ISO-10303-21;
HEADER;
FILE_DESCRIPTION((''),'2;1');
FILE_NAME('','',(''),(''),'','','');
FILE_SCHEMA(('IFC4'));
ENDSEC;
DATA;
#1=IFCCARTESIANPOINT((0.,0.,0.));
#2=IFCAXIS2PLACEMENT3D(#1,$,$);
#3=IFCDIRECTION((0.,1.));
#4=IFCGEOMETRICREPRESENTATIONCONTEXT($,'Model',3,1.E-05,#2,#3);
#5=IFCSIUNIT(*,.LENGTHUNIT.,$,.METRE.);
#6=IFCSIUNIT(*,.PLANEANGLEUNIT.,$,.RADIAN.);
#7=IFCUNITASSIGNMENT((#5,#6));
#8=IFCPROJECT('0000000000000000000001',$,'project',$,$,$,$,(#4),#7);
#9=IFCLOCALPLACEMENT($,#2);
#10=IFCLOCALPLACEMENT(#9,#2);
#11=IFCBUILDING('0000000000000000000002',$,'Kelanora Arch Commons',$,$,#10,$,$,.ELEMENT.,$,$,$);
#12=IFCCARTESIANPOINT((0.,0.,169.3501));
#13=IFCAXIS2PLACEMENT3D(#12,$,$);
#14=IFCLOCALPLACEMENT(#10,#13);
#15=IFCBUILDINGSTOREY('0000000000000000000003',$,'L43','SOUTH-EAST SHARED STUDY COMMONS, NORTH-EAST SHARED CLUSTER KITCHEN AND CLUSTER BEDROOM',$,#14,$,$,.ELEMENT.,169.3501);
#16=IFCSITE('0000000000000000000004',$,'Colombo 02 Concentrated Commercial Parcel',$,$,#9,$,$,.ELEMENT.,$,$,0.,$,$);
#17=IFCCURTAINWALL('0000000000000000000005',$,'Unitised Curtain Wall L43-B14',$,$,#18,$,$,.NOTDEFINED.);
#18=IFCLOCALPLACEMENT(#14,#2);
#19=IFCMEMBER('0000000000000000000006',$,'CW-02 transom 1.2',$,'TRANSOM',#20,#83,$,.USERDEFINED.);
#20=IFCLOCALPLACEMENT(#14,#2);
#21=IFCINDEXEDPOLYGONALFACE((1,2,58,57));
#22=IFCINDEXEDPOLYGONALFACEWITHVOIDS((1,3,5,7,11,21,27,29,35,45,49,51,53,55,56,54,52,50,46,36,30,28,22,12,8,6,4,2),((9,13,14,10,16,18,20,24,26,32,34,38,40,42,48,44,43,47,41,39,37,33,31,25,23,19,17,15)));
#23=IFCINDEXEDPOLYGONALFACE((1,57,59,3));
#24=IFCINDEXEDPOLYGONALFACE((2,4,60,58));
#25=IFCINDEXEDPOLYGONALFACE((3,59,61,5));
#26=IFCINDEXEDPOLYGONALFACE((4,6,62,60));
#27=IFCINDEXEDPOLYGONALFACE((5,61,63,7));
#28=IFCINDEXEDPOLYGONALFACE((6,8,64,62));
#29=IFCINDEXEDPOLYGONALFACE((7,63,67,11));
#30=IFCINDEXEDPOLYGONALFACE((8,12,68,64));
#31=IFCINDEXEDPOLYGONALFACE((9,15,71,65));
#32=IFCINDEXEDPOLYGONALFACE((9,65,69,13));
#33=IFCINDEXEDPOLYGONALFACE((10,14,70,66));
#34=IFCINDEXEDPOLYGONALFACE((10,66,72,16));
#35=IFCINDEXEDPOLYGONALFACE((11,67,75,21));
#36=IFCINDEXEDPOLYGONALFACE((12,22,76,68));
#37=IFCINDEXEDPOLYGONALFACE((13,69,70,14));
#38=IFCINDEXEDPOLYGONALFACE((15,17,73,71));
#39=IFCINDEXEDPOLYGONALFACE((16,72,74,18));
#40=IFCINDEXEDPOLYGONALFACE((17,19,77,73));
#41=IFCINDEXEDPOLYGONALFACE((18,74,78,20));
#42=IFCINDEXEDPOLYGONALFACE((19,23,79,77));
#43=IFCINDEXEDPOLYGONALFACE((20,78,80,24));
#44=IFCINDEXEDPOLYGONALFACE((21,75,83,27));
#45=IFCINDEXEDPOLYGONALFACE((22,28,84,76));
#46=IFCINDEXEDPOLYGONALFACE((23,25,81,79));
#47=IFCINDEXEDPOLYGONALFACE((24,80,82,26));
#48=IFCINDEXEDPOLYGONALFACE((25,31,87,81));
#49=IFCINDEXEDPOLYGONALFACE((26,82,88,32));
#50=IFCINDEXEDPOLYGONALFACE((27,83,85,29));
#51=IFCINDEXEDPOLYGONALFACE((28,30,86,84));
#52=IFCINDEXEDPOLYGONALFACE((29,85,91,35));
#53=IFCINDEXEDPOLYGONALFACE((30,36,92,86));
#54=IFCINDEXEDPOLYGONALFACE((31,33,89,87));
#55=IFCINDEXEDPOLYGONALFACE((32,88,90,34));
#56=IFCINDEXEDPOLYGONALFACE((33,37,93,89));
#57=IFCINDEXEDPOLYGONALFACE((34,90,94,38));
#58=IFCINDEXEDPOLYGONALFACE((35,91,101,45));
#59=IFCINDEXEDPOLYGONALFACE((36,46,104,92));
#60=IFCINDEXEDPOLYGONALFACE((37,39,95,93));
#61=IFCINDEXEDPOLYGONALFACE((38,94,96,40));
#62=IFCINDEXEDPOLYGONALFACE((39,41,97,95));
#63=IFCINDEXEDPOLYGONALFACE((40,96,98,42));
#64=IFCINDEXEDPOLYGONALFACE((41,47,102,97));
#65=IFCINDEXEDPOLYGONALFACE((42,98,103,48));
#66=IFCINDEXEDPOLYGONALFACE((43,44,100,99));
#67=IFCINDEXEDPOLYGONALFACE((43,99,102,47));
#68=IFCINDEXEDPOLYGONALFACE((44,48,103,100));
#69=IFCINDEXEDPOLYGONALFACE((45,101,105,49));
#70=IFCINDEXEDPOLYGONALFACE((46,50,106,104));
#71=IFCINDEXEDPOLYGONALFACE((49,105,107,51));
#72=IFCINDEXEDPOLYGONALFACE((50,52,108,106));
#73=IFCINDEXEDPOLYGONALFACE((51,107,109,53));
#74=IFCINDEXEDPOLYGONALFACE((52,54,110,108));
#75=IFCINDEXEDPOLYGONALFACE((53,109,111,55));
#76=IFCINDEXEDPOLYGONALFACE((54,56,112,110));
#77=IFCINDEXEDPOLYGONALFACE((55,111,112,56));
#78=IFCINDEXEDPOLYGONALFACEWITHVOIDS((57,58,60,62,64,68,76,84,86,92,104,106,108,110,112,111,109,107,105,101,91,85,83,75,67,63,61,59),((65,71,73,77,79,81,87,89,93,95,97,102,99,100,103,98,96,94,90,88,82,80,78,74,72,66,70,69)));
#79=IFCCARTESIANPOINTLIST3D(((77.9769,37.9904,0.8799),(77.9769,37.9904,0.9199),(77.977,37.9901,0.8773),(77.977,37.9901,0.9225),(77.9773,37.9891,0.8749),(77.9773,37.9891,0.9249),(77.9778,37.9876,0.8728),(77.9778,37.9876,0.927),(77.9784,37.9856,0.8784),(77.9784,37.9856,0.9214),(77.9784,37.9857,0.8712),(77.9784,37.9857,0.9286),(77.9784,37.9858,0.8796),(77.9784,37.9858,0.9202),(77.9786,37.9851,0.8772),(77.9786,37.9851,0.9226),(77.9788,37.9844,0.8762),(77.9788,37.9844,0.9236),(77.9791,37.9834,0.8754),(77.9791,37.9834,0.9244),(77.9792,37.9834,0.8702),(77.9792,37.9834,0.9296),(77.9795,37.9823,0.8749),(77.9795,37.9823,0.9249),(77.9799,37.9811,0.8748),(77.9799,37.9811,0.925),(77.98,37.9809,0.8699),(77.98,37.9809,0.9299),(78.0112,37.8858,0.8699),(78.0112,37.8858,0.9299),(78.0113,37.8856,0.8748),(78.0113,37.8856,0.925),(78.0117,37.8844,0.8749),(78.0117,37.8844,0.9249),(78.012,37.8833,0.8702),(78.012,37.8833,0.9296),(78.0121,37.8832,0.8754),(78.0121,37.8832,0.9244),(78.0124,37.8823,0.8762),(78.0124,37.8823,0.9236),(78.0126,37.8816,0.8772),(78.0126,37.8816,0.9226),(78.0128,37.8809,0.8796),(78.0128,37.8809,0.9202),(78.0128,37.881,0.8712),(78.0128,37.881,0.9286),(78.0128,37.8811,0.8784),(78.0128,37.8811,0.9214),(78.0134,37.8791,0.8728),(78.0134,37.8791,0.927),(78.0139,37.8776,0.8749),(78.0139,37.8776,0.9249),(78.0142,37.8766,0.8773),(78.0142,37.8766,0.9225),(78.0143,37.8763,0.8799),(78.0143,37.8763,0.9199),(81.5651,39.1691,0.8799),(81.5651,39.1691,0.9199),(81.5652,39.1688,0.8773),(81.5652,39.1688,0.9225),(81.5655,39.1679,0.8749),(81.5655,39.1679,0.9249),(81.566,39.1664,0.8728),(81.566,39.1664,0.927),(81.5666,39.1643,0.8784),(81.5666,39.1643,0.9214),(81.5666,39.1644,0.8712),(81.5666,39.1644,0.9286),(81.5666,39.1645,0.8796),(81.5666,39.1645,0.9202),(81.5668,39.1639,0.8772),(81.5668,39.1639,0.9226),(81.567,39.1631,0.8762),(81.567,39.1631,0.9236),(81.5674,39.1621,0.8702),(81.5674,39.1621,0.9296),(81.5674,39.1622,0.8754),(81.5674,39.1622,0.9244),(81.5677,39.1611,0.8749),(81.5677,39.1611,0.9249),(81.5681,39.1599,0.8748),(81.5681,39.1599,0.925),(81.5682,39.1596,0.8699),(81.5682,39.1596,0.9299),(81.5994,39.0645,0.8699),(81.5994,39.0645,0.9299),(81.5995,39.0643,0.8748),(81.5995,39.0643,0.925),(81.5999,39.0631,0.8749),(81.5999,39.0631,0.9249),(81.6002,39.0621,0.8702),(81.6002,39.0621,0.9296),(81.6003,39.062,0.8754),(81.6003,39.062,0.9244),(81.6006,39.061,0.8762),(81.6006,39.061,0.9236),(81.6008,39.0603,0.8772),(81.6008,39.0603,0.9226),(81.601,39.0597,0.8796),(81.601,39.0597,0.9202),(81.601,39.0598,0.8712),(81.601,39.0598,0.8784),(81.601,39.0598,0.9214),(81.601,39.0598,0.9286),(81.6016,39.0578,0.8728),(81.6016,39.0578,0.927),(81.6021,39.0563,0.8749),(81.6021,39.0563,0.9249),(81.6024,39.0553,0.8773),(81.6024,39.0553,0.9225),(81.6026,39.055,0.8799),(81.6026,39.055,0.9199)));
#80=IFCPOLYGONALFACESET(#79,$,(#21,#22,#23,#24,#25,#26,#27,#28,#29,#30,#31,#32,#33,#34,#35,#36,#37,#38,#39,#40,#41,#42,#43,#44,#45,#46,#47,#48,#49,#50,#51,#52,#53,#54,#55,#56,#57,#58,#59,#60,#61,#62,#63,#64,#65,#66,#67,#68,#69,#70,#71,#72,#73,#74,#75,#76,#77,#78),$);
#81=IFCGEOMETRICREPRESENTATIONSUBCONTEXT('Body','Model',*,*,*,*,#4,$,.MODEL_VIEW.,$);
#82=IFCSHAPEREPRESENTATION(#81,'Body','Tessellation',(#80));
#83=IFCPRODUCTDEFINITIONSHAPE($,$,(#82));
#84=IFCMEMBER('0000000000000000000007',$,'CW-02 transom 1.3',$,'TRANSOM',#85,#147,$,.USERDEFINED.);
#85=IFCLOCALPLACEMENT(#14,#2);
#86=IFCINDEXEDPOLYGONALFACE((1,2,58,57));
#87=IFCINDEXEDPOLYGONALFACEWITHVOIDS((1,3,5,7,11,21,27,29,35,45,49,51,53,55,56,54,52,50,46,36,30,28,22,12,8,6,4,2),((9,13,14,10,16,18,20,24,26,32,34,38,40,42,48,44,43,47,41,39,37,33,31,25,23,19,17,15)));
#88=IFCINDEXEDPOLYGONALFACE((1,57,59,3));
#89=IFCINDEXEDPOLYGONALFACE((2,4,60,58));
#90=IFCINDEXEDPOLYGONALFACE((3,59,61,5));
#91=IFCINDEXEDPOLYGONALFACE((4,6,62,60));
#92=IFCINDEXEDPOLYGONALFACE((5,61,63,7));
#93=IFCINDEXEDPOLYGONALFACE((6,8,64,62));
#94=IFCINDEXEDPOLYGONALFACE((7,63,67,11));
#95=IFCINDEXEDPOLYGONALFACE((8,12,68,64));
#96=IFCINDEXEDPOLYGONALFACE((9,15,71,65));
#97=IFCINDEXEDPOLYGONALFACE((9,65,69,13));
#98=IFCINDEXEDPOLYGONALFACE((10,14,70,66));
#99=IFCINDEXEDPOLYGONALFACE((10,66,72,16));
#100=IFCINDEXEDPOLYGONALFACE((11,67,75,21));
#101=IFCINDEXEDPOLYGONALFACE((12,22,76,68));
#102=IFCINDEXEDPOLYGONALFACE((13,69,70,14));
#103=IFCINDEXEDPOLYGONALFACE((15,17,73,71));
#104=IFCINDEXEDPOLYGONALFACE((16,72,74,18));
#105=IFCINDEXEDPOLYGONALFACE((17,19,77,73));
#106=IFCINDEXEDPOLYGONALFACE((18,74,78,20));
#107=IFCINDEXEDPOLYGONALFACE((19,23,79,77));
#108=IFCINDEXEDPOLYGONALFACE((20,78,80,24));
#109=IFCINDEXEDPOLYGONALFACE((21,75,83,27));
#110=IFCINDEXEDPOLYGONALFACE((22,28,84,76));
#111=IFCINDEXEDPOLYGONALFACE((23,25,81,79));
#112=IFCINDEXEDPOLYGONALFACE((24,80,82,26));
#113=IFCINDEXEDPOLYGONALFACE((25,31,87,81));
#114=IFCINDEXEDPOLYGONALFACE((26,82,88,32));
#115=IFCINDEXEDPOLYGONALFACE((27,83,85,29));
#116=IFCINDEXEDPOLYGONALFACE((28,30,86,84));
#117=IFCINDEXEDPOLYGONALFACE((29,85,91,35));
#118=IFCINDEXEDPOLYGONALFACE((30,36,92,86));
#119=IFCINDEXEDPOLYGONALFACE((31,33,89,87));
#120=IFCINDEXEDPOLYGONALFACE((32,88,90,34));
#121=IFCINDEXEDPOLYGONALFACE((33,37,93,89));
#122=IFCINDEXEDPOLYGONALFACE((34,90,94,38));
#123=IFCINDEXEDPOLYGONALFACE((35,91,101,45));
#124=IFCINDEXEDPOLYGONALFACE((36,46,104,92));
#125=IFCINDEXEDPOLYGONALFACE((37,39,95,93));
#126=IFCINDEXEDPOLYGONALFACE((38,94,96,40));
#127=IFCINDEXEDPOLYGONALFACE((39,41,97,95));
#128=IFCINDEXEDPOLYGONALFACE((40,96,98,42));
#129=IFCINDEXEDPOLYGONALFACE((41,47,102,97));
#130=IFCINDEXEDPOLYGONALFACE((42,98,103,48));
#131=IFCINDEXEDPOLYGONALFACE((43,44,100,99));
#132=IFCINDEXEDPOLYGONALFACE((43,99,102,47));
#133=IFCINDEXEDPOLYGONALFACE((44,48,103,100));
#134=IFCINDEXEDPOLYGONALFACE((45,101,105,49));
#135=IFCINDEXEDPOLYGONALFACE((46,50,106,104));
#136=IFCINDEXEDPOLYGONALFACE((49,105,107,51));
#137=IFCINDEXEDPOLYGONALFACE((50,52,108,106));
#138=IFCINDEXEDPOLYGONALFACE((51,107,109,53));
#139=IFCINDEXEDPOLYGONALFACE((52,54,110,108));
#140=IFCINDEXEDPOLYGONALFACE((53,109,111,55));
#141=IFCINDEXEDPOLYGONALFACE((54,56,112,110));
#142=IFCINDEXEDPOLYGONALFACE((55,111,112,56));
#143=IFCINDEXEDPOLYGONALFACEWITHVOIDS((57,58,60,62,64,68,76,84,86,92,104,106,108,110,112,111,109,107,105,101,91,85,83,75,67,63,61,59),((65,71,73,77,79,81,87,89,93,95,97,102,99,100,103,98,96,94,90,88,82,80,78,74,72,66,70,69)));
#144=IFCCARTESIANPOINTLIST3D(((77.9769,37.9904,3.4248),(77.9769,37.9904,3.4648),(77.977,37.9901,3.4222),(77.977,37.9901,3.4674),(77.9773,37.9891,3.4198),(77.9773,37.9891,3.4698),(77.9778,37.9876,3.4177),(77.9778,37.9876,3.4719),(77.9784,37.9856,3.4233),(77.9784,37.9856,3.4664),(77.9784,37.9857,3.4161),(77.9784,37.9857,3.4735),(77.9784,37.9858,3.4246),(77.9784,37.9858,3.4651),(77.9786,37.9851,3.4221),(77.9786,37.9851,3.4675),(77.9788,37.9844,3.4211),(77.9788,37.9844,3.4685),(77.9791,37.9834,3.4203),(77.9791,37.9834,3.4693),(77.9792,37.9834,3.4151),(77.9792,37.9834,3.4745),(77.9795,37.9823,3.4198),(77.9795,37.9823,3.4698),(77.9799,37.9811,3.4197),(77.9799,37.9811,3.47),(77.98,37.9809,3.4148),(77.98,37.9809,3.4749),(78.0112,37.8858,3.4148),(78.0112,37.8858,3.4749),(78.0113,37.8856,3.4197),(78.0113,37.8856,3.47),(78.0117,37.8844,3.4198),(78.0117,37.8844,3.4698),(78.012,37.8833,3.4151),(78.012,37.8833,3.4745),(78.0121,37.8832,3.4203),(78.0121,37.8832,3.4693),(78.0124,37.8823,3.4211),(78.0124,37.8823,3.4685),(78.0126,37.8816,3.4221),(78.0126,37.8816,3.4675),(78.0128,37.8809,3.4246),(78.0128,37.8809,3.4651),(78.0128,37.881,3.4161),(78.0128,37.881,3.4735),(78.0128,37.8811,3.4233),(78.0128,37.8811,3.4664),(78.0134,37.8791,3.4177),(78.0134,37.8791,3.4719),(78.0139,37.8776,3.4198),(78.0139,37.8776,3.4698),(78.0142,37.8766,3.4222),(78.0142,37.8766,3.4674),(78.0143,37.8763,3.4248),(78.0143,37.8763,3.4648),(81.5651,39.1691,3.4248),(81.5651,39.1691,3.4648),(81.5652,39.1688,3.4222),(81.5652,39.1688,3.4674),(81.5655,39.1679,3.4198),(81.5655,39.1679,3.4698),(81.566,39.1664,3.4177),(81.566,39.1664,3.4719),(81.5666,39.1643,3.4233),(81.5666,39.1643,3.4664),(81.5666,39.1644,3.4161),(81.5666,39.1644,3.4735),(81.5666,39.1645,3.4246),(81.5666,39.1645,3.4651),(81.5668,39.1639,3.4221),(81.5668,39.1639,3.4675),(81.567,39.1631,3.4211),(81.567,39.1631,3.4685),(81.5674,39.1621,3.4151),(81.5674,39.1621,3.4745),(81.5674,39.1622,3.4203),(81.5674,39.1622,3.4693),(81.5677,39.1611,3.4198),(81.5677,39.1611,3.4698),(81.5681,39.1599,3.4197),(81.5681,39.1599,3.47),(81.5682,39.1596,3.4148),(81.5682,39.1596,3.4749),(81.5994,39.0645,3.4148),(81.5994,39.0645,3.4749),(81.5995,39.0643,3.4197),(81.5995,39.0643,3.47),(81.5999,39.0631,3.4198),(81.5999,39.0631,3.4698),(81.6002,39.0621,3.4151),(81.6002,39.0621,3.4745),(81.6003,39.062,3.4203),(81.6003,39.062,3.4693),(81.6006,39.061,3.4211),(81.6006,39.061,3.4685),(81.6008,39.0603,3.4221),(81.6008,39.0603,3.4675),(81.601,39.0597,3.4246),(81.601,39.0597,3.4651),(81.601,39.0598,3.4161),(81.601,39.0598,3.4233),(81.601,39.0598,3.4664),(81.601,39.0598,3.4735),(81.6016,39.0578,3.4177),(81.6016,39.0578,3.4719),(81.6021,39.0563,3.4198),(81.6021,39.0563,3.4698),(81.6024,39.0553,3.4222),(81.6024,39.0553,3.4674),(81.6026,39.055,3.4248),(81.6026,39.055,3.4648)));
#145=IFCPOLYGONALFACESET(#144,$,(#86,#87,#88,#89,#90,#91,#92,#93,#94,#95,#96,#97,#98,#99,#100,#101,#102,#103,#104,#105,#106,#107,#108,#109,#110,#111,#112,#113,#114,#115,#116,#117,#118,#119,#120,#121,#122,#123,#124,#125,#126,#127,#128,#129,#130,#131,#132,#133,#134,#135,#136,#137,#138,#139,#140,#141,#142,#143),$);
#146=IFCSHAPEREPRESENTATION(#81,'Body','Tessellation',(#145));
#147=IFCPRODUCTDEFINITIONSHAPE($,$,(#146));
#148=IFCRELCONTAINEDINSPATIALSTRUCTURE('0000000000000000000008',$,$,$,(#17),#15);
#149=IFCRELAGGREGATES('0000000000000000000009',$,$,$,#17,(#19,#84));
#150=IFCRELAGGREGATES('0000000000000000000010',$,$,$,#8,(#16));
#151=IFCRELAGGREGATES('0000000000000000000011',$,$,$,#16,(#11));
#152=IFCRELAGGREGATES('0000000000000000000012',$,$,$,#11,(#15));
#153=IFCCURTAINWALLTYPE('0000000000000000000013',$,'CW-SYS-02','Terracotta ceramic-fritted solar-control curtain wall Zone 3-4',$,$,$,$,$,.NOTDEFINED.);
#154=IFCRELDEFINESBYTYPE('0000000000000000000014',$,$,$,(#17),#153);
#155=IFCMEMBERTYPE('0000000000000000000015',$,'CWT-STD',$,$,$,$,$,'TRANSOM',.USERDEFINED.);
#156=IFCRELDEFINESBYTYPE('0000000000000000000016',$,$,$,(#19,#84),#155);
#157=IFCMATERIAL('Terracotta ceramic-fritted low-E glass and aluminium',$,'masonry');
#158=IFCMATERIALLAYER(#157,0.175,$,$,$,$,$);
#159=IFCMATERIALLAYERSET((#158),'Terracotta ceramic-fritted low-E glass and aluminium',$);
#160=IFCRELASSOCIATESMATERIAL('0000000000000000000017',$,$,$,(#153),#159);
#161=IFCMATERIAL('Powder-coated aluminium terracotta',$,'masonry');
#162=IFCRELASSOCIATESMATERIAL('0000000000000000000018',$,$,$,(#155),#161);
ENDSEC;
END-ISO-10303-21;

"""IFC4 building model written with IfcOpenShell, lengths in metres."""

from ifc_helpers import new_model, si_unit, direction, frame, origin, origin_2d, place, context, subcontext, project, spatial, hollow_rectangle, extrude, material, layer, layer_set, material_profile, profile_set, type_object, element, aggregate, save


model = new_model("IFC4")

# Units and contexts
model_context = context("Model", 3, precision=1e-05, world=origin(), true_north=direction((0.0, 1.0)))
body_context = subcontext(model_context, "Body", "Model", "MODEL_VIEW")
ifc_project = project(units=[si_unit("LENGTHUNIT", "METRE"), si_unit("PLANEANGLEUNIT", "RADIAN")], contexts=[model_context])

# Site, building, storey
site_placement = place(None, origin())
site = spatial("IfcSite", under=ifc_project, at=site_placement, Name="Colombo 02 Concentrated Commercial Parcel", CompositionType="ELEMENT", RefElevation=0.0)
building_placement = place(site_placement, origin())
building = spatial("IfcBuilding", under=site, at=building_placement, Name="Kelanora Arch Commons", CompositionType="ELEMENT")
storey_placement = place(building_placement, frame((0.0, 0.0, 169.3501)))
storey = spatial("IfcBuildingStorey", under=building, at=storey_placement, Name="L43", Description="SOUTH-EAST SHARED STUDY COMMONS, NORTH-EAST SHARED CLUSTER KITCHEN AND CLUSTER BEDROOM", CompositionType="ELEMENT", Elevation=169.3501)

# Curtain wall, members
ifc_material_1 = material(Name="Terracotta ceramic-fritted low-E glass and aluminium", Category="masonry")
ifc_layer_1 = layer(ifc_material_1, 0.175)
ifc_layer_set_1 = layer_set([ifc_layer_1], Name="Terracotta ceramic-fritted low-E glass and aluminium")
curtain_wall_type = type_object("IfcCurtainWallType", Name="CW-SYS-02", Description="Terracotta ceramic-fritted solar-control curtain wall Zone 3-4", PredefinedType="NOTDEFINED", material=ifc_layer_set_1)
curtain_wall_placement = place(storey_placement, origin())
curtain_wall = element("IfcCurtainWall", 1, at=curtain_wall_placement, inside=storey, type_object=curtain_wall_type, Name="Unitised Curtain Wall L43-B14", PredefinedType="NOTDEFINED")
ifc_material_2 = material(Name="Powder-coated aluminium terracotta", Category="masonry")
ifc_material_profile_1 = material_profile(ifc_material_2, hollow_rectangle(XDim=0.1201, YDim=0.0601, WallThickness=0.0049, InnerFilletRadius=0.0049, OuterFilletRadius=0.01, at=origin_2d()), Name="CWT120x60")
ifc_profile_set_1 = profile_set([ifc_material_profile_1], Name="Powder-coated aluminium terracotta")
member_type_1 = type_object("IfcMemberType", Name="CWT-STD", ElementType="TRANSOM", PredefinedType="USERDEFINED", material=ifc_profile_set_1)
member_1_placement = place(storey_placement, frame((77.9956, 37.9333, 0.8999), z_axis=(0.950051, 0.312094, 0.0), x_axis=(-0.312094, 0.950051, 0.0)))
member_1 = element("IfcMember", 2, at=member_1_placement, type_object=member_type_1, Name="CW-02 transom 1.2", ObjectType="TRANSOM", PredefinedType="USERDEFINED", context=body_context, shape_type="SweptSolid", body=[
    extrude(hollow_rectangle(XDim=0.1201, YDim=0.0601, WallThickness=0.0049, InnerFilletRadius=0.0049, OuterFilletRadius=0.01, at=origin_2d()), origin(), (0.0, 0.0, 1.0), 3.7769),
])
member_2_placement = place(storey_placement, frame((77.9956, 37.9333, 3.4448), z_axis=(0.950051, 0.312094, 0.0), x_axis=(-0.312094, 0.950051, 0.0)))
member_2 = element("IfcMember", 3, at=member_2_placement, type_object=member_type_1, Name="CW-02 transom 1.3", ObjectType="TRANSOM", PredefinedType="USERDEFINED", context=body_context, shape_type="SweptSolid", body=[
    extrude(hollow_rectangle(XDim=0.1201, YDim=0.0601, WallThickness=0.0049, InnerFilletRadius=0.0049, OuterFilletRadius=0.01, at=origin_2d()), origin(), (0.0, 0.0, 1.0), 3.7769),
])
aggregate(curtain_wall, [member_1, member_2])

save(model, "model.ifc")
